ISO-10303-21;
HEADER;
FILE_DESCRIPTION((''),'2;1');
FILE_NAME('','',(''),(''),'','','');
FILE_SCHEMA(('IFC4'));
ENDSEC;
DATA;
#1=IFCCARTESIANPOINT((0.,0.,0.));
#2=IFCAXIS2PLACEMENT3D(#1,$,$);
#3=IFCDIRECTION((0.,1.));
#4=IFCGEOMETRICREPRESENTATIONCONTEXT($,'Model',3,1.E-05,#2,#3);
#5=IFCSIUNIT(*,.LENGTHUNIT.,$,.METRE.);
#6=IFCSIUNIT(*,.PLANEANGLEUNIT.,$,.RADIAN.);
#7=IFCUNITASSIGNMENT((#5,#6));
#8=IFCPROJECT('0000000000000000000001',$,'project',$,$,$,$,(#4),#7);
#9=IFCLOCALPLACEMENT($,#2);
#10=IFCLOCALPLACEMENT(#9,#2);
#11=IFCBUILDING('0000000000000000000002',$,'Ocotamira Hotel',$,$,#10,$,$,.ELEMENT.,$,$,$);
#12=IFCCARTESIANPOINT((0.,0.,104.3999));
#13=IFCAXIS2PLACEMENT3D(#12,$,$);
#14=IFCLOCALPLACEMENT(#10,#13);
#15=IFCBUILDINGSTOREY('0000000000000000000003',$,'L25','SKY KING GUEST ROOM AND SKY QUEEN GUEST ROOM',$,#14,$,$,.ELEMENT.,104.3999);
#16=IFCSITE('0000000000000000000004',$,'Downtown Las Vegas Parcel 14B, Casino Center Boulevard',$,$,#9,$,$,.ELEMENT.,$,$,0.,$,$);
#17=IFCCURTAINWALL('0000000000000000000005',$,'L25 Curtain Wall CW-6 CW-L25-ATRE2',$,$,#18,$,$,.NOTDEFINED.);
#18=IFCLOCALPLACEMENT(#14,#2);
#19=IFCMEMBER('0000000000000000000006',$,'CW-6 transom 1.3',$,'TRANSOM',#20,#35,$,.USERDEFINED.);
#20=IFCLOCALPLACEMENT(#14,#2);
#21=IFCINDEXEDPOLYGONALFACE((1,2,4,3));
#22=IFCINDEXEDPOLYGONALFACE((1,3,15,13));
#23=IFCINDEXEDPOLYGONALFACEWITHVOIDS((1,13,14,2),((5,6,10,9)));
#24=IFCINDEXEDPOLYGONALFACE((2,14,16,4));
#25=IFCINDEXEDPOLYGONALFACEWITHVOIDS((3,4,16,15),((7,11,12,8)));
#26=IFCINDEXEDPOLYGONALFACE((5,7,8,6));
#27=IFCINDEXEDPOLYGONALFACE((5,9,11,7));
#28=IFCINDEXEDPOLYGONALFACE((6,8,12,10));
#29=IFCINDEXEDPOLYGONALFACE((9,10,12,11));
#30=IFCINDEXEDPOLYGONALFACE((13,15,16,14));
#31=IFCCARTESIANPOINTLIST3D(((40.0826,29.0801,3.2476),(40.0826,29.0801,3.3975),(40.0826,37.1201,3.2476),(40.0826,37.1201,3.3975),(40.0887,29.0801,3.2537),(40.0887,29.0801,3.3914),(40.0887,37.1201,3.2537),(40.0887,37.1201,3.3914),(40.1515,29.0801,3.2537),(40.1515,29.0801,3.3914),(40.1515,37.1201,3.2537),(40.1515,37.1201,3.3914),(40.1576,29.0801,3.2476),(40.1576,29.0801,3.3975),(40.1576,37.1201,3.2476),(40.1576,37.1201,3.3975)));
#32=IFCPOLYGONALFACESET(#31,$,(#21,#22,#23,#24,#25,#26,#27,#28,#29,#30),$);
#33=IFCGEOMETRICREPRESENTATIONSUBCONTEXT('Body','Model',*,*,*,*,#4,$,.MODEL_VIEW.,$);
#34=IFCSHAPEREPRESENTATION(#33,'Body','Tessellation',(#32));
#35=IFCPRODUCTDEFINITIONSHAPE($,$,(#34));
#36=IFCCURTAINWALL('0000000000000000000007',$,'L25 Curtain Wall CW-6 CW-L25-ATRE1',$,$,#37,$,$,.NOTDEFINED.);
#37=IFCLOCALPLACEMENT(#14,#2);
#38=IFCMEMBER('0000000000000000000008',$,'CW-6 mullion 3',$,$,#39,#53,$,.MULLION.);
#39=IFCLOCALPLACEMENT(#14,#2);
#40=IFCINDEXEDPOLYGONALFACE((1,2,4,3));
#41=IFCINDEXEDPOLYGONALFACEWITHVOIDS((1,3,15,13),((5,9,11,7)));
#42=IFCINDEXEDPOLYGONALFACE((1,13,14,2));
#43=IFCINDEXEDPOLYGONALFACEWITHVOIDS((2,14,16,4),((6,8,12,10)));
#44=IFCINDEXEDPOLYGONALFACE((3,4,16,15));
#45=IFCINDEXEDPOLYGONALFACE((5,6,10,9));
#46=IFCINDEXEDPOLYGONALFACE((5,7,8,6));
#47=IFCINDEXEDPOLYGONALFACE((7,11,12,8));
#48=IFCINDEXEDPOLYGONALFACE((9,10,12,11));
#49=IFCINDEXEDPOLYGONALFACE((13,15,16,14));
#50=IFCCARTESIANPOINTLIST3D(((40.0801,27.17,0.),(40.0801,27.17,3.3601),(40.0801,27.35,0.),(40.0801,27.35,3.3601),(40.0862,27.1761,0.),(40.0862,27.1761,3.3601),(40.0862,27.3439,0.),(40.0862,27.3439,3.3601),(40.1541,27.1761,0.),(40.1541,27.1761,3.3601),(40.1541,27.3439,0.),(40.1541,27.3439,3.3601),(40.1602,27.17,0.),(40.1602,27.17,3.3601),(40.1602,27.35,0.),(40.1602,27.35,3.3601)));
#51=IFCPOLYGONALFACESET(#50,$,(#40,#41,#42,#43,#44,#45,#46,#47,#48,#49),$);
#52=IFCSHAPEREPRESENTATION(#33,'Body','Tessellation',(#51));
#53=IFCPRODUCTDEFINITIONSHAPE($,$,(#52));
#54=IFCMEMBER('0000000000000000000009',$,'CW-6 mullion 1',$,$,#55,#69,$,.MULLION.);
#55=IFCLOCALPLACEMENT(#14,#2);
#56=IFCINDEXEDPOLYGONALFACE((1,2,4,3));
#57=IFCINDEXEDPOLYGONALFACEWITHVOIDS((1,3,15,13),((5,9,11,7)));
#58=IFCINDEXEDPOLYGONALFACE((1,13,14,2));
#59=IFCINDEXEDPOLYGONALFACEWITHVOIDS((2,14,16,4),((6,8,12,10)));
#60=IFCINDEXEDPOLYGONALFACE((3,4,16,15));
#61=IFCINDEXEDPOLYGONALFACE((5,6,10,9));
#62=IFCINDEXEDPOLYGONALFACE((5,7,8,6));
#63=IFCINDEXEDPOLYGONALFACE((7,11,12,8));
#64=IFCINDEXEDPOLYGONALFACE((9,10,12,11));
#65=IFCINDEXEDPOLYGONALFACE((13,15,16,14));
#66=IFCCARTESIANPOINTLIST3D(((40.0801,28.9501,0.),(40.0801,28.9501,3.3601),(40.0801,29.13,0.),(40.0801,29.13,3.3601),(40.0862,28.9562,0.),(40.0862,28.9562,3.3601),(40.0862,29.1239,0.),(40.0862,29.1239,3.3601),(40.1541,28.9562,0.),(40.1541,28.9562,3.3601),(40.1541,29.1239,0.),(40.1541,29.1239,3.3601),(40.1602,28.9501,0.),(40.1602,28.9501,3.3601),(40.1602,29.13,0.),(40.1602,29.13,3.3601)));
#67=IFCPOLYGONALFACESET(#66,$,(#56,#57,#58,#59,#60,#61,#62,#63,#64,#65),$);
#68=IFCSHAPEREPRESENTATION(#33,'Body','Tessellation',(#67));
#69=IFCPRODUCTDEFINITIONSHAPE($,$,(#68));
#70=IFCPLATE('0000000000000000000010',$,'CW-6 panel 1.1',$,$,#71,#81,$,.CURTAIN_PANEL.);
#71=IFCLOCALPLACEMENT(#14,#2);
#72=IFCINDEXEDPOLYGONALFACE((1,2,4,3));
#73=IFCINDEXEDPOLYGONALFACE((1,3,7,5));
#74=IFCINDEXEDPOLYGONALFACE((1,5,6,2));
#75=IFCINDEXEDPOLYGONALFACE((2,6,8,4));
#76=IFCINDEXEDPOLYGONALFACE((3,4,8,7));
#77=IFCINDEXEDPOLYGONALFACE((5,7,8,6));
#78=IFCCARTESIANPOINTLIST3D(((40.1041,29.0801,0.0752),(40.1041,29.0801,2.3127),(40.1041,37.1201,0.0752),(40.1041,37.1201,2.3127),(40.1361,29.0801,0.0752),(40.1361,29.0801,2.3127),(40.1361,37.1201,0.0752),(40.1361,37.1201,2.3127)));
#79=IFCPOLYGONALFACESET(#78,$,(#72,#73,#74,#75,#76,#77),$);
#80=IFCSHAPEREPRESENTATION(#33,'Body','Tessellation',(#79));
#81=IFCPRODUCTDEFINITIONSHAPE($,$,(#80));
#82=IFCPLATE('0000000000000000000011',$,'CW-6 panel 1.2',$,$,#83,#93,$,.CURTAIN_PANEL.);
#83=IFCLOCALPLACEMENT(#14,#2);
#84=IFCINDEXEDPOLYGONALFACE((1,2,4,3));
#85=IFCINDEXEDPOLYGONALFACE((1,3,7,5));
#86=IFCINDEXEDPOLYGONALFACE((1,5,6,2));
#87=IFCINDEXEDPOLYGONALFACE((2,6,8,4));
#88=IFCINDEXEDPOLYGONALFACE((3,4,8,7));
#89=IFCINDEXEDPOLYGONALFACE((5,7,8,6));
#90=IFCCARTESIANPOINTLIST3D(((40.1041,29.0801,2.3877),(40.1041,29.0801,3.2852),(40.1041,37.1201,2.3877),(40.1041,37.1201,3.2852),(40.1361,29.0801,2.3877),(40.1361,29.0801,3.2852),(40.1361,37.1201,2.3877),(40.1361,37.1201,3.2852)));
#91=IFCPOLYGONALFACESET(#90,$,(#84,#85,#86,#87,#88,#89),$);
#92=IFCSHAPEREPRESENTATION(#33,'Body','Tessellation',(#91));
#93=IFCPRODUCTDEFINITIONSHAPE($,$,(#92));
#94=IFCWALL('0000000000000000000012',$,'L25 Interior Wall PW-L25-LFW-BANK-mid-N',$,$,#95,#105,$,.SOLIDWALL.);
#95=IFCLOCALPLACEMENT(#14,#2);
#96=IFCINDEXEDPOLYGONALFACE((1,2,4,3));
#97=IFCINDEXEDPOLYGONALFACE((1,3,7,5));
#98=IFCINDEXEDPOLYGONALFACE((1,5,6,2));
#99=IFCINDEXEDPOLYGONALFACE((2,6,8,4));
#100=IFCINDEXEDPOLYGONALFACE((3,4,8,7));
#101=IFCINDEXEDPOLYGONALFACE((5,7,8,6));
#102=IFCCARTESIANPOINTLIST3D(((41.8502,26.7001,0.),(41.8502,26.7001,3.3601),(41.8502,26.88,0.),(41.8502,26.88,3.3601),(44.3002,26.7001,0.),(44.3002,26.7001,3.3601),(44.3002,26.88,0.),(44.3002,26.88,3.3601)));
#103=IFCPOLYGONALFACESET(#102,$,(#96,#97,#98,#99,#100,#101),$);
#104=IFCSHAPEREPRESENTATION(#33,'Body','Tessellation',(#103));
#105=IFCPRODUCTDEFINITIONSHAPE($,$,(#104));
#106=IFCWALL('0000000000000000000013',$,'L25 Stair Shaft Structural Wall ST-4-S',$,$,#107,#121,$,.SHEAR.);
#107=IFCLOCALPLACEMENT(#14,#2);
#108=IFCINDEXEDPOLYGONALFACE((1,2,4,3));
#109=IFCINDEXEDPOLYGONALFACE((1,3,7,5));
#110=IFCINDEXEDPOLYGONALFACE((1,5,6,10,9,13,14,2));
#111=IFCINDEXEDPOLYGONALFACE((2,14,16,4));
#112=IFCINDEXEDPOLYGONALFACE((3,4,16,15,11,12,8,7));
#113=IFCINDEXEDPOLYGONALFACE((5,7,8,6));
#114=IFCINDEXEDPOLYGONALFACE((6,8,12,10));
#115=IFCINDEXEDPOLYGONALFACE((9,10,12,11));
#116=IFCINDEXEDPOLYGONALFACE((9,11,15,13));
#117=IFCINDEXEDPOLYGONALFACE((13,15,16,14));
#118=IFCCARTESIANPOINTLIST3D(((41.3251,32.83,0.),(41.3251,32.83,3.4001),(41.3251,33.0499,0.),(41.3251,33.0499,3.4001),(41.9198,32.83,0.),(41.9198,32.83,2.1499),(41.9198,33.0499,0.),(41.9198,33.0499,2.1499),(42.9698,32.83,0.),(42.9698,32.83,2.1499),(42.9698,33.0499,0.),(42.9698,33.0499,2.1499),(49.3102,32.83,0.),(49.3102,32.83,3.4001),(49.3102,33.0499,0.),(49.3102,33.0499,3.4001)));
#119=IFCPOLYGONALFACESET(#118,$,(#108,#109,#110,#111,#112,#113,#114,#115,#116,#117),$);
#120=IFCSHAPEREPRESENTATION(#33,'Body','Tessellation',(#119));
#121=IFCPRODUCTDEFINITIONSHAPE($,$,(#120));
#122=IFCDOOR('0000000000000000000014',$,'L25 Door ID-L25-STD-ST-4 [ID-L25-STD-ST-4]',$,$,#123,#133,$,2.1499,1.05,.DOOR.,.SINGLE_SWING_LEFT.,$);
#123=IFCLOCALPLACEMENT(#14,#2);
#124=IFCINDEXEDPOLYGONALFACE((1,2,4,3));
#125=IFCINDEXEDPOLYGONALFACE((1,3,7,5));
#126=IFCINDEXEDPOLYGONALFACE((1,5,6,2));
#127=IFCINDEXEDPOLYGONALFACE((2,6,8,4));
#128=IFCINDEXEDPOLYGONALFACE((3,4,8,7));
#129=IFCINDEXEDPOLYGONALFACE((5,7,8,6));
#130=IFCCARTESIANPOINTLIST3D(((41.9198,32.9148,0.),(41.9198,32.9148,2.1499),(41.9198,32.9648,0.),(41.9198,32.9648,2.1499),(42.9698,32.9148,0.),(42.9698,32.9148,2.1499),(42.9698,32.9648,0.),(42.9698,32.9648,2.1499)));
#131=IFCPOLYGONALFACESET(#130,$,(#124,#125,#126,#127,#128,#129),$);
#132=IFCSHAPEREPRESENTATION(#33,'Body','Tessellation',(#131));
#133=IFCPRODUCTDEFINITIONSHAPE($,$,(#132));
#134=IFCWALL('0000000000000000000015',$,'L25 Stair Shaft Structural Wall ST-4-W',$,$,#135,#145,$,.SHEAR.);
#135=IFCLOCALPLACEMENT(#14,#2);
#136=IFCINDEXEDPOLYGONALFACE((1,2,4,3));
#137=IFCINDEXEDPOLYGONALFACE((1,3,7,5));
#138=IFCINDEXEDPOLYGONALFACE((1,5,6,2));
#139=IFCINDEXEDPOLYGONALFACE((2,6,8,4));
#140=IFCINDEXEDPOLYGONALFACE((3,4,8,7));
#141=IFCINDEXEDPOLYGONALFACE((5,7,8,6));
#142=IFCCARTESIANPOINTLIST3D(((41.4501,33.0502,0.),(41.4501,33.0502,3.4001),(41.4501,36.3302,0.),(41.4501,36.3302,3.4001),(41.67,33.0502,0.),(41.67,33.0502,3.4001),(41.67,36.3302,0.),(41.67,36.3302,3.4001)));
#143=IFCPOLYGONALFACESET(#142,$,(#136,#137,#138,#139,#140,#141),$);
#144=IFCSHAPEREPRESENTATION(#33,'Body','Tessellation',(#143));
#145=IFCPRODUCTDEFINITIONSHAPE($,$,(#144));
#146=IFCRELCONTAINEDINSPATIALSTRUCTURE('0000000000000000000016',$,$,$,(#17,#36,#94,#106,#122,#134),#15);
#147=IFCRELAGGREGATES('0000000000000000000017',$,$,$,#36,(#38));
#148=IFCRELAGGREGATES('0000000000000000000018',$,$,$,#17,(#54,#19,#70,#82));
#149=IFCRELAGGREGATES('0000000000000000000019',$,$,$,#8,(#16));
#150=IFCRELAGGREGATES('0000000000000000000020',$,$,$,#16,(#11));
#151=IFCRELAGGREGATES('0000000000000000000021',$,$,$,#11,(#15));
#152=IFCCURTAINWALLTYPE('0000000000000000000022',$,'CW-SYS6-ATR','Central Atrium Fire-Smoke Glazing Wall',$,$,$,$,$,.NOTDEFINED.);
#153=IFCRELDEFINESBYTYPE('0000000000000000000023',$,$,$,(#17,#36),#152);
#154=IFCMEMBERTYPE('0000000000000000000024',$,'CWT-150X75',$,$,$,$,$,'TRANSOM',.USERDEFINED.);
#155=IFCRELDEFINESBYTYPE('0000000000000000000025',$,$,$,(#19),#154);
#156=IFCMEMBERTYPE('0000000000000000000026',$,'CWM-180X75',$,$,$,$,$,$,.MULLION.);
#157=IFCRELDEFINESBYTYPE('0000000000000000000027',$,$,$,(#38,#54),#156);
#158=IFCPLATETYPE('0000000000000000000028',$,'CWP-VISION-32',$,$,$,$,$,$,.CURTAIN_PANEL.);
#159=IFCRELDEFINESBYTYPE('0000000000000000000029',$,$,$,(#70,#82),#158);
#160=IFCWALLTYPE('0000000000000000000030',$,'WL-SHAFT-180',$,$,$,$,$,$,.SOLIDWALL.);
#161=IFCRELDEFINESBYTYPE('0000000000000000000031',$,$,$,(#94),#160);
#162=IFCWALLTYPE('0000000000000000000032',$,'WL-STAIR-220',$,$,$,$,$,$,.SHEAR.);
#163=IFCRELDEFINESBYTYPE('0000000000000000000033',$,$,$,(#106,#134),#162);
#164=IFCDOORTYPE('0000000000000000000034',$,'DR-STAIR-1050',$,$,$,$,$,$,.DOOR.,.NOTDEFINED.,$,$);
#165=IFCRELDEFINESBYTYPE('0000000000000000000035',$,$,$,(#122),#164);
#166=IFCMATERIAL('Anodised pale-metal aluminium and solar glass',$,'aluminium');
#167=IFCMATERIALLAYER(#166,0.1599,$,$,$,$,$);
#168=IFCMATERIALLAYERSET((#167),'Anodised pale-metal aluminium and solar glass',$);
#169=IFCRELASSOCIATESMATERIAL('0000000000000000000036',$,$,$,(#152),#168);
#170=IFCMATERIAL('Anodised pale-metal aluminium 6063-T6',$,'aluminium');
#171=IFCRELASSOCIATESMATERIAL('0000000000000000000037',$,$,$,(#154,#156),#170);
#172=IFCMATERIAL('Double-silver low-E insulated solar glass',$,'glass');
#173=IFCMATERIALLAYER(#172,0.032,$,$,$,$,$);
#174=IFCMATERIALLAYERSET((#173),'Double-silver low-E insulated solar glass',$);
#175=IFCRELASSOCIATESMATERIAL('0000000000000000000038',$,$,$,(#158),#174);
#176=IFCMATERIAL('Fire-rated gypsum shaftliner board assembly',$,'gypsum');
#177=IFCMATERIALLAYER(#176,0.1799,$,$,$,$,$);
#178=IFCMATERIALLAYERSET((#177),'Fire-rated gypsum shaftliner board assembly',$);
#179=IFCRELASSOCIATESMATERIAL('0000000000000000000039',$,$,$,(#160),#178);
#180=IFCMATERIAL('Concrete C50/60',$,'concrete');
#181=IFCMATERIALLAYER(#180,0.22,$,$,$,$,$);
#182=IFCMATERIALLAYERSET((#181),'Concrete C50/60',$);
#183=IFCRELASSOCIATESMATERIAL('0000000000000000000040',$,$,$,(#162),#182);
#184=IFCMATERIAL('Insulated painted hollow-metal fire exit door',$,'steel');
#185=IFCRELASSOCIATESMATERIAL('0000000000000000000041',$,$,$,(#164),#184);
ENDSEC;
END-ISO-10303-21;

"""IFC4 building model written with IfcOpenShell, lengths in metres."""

from ifc_helpers import new_model, si_unit, direction, frame, frame_2d, origin, origin_2d, place, context, subcontext, project, spatial, rectangle, hollow_rectangle, extrude, source, transform, mapped, material, layer, layer_set, material_profile, profile_set, type_object, element, fill, aggregate, save


model = new_model("IFC4")

# Units and contexts
model_context = context("Model", 3, precision=1e-05, world=origin(), true_north=direction((0.0, 1.0)))
body_context = subcontext(model_context, "Body", "Model", "MODEL_VIEW")
ifc_project = project(units=[si_unit("LENGTHUNIT", "METRE"), si_unit("PLANEANGLEUNIT", "RADIAN")], contexts=[model_context])

# Site, building, storey
site_placement = place(None, origin())
site = spatial("IfcSite", under=ifc_project, at=site_placement, Name="Downtown Las Vegas Parcel 14B, Casino Center Boulevard", CompositionType="ELEMENT", RefElevation=0.0)
building_placement = place(site_placement, origin())
building = spatial("IfcBuilding", under=site, at=building_placement, Name="Ocotamira Hotel", CompositionType="ELEMENT")
storey_placement = place(building_placement, frame((0.0, 0.0, 104.3999)))
storey = spatial("IfcBuildingStorey", under=building, at=storey_placement, Name="L25", Description="SKY KING GUEST ROOM AND SKY QUEEN GUEST ROOM", CompositionType="ELEMENT", Elevation=104.3999)

# Curtain wall, member
ifc_material_1 = material(Name="Anodised pale-metal aluminium and solar glass", Category="aluminium")
ifc_layer_1 = layer(ifc_material_1, 0.1599)
ifc_layer_set_1 = layer_set([ifc_layer_1], Name="Anodised pale-metal aluminium and solar glass")
curtain_wall_type = type_object("IfcCurtainWallType", Name="CW-SYS6-ATR", Description="Central Atrium Fire-Smoke Glazing Wall", PredefinedType="NOTDEFINED", material=ifc_layer_set_1)
curtain_wall_1_placement = place(storey_placement, origin())
curtain_wall_1 = element("IfcCurtainWall", 1, at=curtain_wall_1_placement, inside=storey, type_object=curtain_wall_type, Name="L25 Curtain Wall CW-6 CW-L25-ATRE2", PredefinedType="NOTDEFINED")
ifc_material_2 = material(Name="Anodised pale-metal aluminium 6063-T6", Category="aluminium")
ifc_material_profile_1 = material_profile(ifc_material_2, hollow_rectangle(XDim=0.075, YDim=0.1499, WallThickness=0.0061, at=origin_2d()), Name="HSS150X75X6")
ifc_profile_set_1 = profile_set([ifc_material_profile_1], Name="Anodised pale-metal aluminium 6063-T6")
member_type_1 = type_object("IfcMemberType", Name="CWT-150X75", ElementType="TRANSOM", PredefinedType="USERDEFINED", material=ifc_profile_set_1)
shared_shape_1 = source(origin(), body_context, "Body", "SweptSolid", [
    extrude(hollow_rectangle(XDim=0.075, YDim=0.1499, WallThickness=0.0061, at=origin_2d()), origin(), (0.0, 0.0, 1.0), 8.04),
])
member_1_placement = place(storey_placement, frame((40.1201, 29.0801, 3.3225), z_axis=(0.0, 1.0, 0.0), x_axis=(-1.0, 0.0, 0.0)))
member_1 = element("IfcMember", 2, at=member_1_placement, type_object=member_type_1, Name="CW-6 transom 1.3", ObjectType="TRANSOM", PredefinedType="USERDEFINED", context=body_context, shape_type="MappedRepresentation", body=[
    mapped(shared_shape_1, transform((0.0, 0.0, 0.0), scale=1.0)),
])

# Curtain wall, member
curtain_wall_2_placement = place(storey_placement, origin())
curtain_wall_2 = element("IfcCurtainWall", 3, at=curtain_wall_2_placement, inside=storey, type_object=curtain_wall_type, Name="L25 Curtain Wall CW-6 CW-L25-ATRE1", PredefinedType="NOTDEFINED")
ifc_material_profile_2 = material_profile(ifc_material_2, hollow_rectangle(XDim=0.0801, YDim=0.1799, WallThickness=0.0061, at=origin_2d()), Name="HSS180X80X6")
ifc_profile_set_2 = profile_set([ifc_material_profile_2], Name="Anodised pale-metal aluminium 6063-T6")
member_type_2 = type_object("IfcMemberType", Name="CWM-180X75", PredefinedType="MULLION", material=ifc_profile_set_2)
shared_shape_2 = source(origin(), body_context, "Body", "SweptSolid", [
    extrude(hollow_rectangle(XDim=0.0801, YDim=0.1799, WallThickness=0.0061, at=origin_2d()), origin(), (0.0, 0.0, 1.0), 3.3601),
])
member_2_placement = place(storey_placement, frame((40.1201, 27.26, 0.0), z_axis=(0.0, 0.0, 1.0), x_axis=(-1.0, 0.0, 0.0)))
member_2 = element("IfcMember", 4, at=member_2_placement, type_object=member_type_2, Name="CW-6 mullion 3", PredefinedType="MULLION", context=body_context, shape_type="MappedRepresentation", body=[
    mapped(shared_shape_2, transform((0.0, 0.0, 0.0), scale=1.0)),
])
aggregate(curtain_wall_2, [member_2])

# Member
member_3_placement = place(storey_placement, frame((40.1201, 29.04, 0.0), z_axis=(0.0, 0.0, 1.0), x_axis=(-1.0, 0.0, 0.0)))
member_3 = element("IfcMember", 5, at=member_3_placement, type_object=member_type_2, Name="CW-6 mullion 1", PredefinedType="MULLION", context=body_context, shape_type="MappedRepresentation", body=[
    mapped(shared_shape_2, transform((0.0, 0.0, 0.0), scale=1.0)),
])

# Plates
ifc_material_3 = material(Name="Double-silver low-E insulated solar glass", Category="glass")
ifc_layer_2 = layer(ifc_material_3, 0.032)
ifc_layer_set_2 = layer_set([ifc_layer_2], Name="Double-silver low-E insulated solar glass")
plate_type = type_object("IfcPlateType", Name="CWP-VISION-32", PredefinedType="CURTAIN_PANEL", material=ifc_layer_set_2)
shared_shape_3 = source(origin(), body_context, "Body", "SweptSolid", [
    extrude(rectangle(XDim=8.04, YDim=0.032, at=origin_2d()), origin(), (0.0, 0.0, 1.0), 2.2375),
])
plate_1_placement = place(storey_placement, frame((40.1201, 33.1001, 0.0752), z_axis=(0.0, 0.0, 1.0), x_axis=(0.0, 1.0, 0.0)))
plate_1 = element("IfcPlate", 6, at=plate_1_placement, type_object=plate_type, Name="CW-6 panel 1.1", PredefinedType="CURTAIN_PANEL", context=body_context, shape_type="MappedRepresentation", body=[
    mapped(shared_shape_3, transform((0.0, 0.0, 0.0), scale=1.0)),
])
shared_shape_4 = source(origin(), body_context, "Body", "SweptSolid", [
    extrude(rectangle(XDim=8.04, YDim=0.032, at=origin_2d()), origin(), (0.0, 0.0, 1.0), 0.8975),
])
plate_2_placement = place(storey_placement, frame((40.1201, 33.1001, 2.3877), z_axis=(0.0, 0.0, 1.0), x_axis=(0.0, 1.0, 0.0)))
plate_2 = element("IfcPlate", 7, at=plate_2_placement, type_object=plate_type, Name="CW-6 panel 1.2", PredefinedType="CURTAIN_PANEL", context=body_context, shape_type="MappedRepresentation", body=[
    mapped(shared_shape_4, transform((0.0, 0.0, 0.0), scale=1.0)),
])
aggregate(curtain_wall_1, [member_3, member_1, plate_1, plate_2])

# Wall
ifc_material_4 = material(Name="Fire-rated gypsum shaftliner board assembly", Category="gypsum")
ifc_layer_3 = layer(ifc_material_4, 0.1799)
ifc_layer_set_3 = layer_set([ifc_layer_3], Name="Fire-rated gypsum shaftliner board assembly")
wall_type_1 = type_object("IfcWallType", Name="WL-SHAFT-180", PredefinedType="SOLIDWALL", material=ifc_layer_set_3)
wall_1_placement = place(storey_placement, frame((41.8501, 26.79, 0.0), z_axis=(0.0, 0.0, 1.0), x_axis=(1.0, 0.0, 0.0)))
element("IfcWall", 8, at=wall_1_placement, inside=storey, type_object=wall_type_1, Name="L25 Interior Wall PW-L25-LFW-BANK-mid-N", PredefinedType="SOLIDWALL", context=body_context, shape_type="SweptSolid", body=[
    extrude(rectangle(XDim=2.45, YDim=0.1799, at=frame_2d((1.2251, 0.0))), origin(), (0.0, 0.0, 1.0), 3.3601),
])

# Wall, opening, door
ifc_material_5 = material(Name="Concrete C50/60", Category="concrete")
ifc_layer_4 = layer(ifc_material_5, 0.22)
ifc_layer_set_4 = layer_set([ifc_layer_4], Name="Concrete C50/60")
wall_type_2 = type_object("IfcWallType", Name="WL-STAIR-220", PredefinedType="SHEAR", material=ifc_layer_set_4)
wall_2_placement = place(storey_placement, frame((41.325, 32.9399, 0.0), z_axis=(0.0, 0.0, 1.0), x_axis=(1.0, 0.0, 0.0)))
wall_2 = element("IfcWall", 9, at=wall_2_placement, inside=storey, type_object=wall_type_2, Name="L25 Stair Shaft Structural Wall ST-4-S", PredefinedType="SHEAR", context=body_context, shape_type="SweptSolid", body=[
    extrude(rectangle(XDim=7.9851, YDim=0.22, at=frame_2d((3.9927, 0.0))), origin(), (0.0, 0.0, 1.0), 3.4001),
])
opening_placement = place(wall_2_placement, frame((0.595, 0.0, 0.0)))
opening = element("IfcOpeningElement", 10, at=opening_placement, cuts=wall_2, PredefinedType="OPENING", context=body_context, shape_type="SweptSolid", body=[
    extrude(rectangle(XDim=1.05, YDim=2.1499, at=frame_2d((0.5249, 1.075))), frame((0.0, 0.1201, 0.0), z_axis=(0.0, -1.0, 0.0), x_axis=(1.0, 0.0, 0.0)), (0.0, 0.0, 1.0), 0.24),
])
ifc_material_6 = material(Name="Insulated painted hollow-metal fire exit door", Category="steel")
door_type = type_object("IfcDoorType", Name="DR-STAIR-1050", OperationType="NOTDEFINED", PredefinedType="DOOR", material=ifc_material_6)
shared_shape_5 = source(origin(), body_context, "Body", "SweptSolid", [
    extrude(rectangle(XDim=1.05, YDim=2.1499, at=frame_2d((0.5249, 1.075))), frame((0.0, 0.0249, 0.0), z_axis=(0.0, -1.0, 0.0), x_axis=(1.0, 0.0, 0.0)), (0.0, 0.0, 1.0), 0.05),
])
door_placement = place(opening_placement, origin())
door = element("IfcDoor", 11, at=door_placement, inside=storey, type_object=door_type, Name="L25 Door ID-L25-STD-ST-4 [ID-L25-STD-ST-4]", OperationType="SINGLE_SWING_LEFT", OverallHeight=2.1499, OverallWidth=1.05, PredefinedType="DOOR", context=body_context, shape_type="MappedRepresentation", body=[
    mapped(shared_shape_5, transform((0.0, 0.0, 0.0), scale=1.0)),
])
fill(opening, door)

# Wall
wall_3_placement = place(storey_placement, frame((41.5601, 33.05, 0.0), z_axis=(0.0, 0.0, 1.0), x_axis=(0.0, 1.0, 0.0)))
element("IfcWall", 12, at=wall_3_placement, inside=storey, type_object=wall_type_2, Name="L25 Stair Shaft Structural Wall ST-4-W", PredefinedType="SHEAR", context=body_context, shape_type="SweptSolid", body=[
    extrude(rectangle(XDim=3.28, YDim=0.22, at=frame_2d((1.6401, 0.0))), origin(), (0.0, 0.0, 1.0), 3.4001),
])

save(model, "model.ifc")
